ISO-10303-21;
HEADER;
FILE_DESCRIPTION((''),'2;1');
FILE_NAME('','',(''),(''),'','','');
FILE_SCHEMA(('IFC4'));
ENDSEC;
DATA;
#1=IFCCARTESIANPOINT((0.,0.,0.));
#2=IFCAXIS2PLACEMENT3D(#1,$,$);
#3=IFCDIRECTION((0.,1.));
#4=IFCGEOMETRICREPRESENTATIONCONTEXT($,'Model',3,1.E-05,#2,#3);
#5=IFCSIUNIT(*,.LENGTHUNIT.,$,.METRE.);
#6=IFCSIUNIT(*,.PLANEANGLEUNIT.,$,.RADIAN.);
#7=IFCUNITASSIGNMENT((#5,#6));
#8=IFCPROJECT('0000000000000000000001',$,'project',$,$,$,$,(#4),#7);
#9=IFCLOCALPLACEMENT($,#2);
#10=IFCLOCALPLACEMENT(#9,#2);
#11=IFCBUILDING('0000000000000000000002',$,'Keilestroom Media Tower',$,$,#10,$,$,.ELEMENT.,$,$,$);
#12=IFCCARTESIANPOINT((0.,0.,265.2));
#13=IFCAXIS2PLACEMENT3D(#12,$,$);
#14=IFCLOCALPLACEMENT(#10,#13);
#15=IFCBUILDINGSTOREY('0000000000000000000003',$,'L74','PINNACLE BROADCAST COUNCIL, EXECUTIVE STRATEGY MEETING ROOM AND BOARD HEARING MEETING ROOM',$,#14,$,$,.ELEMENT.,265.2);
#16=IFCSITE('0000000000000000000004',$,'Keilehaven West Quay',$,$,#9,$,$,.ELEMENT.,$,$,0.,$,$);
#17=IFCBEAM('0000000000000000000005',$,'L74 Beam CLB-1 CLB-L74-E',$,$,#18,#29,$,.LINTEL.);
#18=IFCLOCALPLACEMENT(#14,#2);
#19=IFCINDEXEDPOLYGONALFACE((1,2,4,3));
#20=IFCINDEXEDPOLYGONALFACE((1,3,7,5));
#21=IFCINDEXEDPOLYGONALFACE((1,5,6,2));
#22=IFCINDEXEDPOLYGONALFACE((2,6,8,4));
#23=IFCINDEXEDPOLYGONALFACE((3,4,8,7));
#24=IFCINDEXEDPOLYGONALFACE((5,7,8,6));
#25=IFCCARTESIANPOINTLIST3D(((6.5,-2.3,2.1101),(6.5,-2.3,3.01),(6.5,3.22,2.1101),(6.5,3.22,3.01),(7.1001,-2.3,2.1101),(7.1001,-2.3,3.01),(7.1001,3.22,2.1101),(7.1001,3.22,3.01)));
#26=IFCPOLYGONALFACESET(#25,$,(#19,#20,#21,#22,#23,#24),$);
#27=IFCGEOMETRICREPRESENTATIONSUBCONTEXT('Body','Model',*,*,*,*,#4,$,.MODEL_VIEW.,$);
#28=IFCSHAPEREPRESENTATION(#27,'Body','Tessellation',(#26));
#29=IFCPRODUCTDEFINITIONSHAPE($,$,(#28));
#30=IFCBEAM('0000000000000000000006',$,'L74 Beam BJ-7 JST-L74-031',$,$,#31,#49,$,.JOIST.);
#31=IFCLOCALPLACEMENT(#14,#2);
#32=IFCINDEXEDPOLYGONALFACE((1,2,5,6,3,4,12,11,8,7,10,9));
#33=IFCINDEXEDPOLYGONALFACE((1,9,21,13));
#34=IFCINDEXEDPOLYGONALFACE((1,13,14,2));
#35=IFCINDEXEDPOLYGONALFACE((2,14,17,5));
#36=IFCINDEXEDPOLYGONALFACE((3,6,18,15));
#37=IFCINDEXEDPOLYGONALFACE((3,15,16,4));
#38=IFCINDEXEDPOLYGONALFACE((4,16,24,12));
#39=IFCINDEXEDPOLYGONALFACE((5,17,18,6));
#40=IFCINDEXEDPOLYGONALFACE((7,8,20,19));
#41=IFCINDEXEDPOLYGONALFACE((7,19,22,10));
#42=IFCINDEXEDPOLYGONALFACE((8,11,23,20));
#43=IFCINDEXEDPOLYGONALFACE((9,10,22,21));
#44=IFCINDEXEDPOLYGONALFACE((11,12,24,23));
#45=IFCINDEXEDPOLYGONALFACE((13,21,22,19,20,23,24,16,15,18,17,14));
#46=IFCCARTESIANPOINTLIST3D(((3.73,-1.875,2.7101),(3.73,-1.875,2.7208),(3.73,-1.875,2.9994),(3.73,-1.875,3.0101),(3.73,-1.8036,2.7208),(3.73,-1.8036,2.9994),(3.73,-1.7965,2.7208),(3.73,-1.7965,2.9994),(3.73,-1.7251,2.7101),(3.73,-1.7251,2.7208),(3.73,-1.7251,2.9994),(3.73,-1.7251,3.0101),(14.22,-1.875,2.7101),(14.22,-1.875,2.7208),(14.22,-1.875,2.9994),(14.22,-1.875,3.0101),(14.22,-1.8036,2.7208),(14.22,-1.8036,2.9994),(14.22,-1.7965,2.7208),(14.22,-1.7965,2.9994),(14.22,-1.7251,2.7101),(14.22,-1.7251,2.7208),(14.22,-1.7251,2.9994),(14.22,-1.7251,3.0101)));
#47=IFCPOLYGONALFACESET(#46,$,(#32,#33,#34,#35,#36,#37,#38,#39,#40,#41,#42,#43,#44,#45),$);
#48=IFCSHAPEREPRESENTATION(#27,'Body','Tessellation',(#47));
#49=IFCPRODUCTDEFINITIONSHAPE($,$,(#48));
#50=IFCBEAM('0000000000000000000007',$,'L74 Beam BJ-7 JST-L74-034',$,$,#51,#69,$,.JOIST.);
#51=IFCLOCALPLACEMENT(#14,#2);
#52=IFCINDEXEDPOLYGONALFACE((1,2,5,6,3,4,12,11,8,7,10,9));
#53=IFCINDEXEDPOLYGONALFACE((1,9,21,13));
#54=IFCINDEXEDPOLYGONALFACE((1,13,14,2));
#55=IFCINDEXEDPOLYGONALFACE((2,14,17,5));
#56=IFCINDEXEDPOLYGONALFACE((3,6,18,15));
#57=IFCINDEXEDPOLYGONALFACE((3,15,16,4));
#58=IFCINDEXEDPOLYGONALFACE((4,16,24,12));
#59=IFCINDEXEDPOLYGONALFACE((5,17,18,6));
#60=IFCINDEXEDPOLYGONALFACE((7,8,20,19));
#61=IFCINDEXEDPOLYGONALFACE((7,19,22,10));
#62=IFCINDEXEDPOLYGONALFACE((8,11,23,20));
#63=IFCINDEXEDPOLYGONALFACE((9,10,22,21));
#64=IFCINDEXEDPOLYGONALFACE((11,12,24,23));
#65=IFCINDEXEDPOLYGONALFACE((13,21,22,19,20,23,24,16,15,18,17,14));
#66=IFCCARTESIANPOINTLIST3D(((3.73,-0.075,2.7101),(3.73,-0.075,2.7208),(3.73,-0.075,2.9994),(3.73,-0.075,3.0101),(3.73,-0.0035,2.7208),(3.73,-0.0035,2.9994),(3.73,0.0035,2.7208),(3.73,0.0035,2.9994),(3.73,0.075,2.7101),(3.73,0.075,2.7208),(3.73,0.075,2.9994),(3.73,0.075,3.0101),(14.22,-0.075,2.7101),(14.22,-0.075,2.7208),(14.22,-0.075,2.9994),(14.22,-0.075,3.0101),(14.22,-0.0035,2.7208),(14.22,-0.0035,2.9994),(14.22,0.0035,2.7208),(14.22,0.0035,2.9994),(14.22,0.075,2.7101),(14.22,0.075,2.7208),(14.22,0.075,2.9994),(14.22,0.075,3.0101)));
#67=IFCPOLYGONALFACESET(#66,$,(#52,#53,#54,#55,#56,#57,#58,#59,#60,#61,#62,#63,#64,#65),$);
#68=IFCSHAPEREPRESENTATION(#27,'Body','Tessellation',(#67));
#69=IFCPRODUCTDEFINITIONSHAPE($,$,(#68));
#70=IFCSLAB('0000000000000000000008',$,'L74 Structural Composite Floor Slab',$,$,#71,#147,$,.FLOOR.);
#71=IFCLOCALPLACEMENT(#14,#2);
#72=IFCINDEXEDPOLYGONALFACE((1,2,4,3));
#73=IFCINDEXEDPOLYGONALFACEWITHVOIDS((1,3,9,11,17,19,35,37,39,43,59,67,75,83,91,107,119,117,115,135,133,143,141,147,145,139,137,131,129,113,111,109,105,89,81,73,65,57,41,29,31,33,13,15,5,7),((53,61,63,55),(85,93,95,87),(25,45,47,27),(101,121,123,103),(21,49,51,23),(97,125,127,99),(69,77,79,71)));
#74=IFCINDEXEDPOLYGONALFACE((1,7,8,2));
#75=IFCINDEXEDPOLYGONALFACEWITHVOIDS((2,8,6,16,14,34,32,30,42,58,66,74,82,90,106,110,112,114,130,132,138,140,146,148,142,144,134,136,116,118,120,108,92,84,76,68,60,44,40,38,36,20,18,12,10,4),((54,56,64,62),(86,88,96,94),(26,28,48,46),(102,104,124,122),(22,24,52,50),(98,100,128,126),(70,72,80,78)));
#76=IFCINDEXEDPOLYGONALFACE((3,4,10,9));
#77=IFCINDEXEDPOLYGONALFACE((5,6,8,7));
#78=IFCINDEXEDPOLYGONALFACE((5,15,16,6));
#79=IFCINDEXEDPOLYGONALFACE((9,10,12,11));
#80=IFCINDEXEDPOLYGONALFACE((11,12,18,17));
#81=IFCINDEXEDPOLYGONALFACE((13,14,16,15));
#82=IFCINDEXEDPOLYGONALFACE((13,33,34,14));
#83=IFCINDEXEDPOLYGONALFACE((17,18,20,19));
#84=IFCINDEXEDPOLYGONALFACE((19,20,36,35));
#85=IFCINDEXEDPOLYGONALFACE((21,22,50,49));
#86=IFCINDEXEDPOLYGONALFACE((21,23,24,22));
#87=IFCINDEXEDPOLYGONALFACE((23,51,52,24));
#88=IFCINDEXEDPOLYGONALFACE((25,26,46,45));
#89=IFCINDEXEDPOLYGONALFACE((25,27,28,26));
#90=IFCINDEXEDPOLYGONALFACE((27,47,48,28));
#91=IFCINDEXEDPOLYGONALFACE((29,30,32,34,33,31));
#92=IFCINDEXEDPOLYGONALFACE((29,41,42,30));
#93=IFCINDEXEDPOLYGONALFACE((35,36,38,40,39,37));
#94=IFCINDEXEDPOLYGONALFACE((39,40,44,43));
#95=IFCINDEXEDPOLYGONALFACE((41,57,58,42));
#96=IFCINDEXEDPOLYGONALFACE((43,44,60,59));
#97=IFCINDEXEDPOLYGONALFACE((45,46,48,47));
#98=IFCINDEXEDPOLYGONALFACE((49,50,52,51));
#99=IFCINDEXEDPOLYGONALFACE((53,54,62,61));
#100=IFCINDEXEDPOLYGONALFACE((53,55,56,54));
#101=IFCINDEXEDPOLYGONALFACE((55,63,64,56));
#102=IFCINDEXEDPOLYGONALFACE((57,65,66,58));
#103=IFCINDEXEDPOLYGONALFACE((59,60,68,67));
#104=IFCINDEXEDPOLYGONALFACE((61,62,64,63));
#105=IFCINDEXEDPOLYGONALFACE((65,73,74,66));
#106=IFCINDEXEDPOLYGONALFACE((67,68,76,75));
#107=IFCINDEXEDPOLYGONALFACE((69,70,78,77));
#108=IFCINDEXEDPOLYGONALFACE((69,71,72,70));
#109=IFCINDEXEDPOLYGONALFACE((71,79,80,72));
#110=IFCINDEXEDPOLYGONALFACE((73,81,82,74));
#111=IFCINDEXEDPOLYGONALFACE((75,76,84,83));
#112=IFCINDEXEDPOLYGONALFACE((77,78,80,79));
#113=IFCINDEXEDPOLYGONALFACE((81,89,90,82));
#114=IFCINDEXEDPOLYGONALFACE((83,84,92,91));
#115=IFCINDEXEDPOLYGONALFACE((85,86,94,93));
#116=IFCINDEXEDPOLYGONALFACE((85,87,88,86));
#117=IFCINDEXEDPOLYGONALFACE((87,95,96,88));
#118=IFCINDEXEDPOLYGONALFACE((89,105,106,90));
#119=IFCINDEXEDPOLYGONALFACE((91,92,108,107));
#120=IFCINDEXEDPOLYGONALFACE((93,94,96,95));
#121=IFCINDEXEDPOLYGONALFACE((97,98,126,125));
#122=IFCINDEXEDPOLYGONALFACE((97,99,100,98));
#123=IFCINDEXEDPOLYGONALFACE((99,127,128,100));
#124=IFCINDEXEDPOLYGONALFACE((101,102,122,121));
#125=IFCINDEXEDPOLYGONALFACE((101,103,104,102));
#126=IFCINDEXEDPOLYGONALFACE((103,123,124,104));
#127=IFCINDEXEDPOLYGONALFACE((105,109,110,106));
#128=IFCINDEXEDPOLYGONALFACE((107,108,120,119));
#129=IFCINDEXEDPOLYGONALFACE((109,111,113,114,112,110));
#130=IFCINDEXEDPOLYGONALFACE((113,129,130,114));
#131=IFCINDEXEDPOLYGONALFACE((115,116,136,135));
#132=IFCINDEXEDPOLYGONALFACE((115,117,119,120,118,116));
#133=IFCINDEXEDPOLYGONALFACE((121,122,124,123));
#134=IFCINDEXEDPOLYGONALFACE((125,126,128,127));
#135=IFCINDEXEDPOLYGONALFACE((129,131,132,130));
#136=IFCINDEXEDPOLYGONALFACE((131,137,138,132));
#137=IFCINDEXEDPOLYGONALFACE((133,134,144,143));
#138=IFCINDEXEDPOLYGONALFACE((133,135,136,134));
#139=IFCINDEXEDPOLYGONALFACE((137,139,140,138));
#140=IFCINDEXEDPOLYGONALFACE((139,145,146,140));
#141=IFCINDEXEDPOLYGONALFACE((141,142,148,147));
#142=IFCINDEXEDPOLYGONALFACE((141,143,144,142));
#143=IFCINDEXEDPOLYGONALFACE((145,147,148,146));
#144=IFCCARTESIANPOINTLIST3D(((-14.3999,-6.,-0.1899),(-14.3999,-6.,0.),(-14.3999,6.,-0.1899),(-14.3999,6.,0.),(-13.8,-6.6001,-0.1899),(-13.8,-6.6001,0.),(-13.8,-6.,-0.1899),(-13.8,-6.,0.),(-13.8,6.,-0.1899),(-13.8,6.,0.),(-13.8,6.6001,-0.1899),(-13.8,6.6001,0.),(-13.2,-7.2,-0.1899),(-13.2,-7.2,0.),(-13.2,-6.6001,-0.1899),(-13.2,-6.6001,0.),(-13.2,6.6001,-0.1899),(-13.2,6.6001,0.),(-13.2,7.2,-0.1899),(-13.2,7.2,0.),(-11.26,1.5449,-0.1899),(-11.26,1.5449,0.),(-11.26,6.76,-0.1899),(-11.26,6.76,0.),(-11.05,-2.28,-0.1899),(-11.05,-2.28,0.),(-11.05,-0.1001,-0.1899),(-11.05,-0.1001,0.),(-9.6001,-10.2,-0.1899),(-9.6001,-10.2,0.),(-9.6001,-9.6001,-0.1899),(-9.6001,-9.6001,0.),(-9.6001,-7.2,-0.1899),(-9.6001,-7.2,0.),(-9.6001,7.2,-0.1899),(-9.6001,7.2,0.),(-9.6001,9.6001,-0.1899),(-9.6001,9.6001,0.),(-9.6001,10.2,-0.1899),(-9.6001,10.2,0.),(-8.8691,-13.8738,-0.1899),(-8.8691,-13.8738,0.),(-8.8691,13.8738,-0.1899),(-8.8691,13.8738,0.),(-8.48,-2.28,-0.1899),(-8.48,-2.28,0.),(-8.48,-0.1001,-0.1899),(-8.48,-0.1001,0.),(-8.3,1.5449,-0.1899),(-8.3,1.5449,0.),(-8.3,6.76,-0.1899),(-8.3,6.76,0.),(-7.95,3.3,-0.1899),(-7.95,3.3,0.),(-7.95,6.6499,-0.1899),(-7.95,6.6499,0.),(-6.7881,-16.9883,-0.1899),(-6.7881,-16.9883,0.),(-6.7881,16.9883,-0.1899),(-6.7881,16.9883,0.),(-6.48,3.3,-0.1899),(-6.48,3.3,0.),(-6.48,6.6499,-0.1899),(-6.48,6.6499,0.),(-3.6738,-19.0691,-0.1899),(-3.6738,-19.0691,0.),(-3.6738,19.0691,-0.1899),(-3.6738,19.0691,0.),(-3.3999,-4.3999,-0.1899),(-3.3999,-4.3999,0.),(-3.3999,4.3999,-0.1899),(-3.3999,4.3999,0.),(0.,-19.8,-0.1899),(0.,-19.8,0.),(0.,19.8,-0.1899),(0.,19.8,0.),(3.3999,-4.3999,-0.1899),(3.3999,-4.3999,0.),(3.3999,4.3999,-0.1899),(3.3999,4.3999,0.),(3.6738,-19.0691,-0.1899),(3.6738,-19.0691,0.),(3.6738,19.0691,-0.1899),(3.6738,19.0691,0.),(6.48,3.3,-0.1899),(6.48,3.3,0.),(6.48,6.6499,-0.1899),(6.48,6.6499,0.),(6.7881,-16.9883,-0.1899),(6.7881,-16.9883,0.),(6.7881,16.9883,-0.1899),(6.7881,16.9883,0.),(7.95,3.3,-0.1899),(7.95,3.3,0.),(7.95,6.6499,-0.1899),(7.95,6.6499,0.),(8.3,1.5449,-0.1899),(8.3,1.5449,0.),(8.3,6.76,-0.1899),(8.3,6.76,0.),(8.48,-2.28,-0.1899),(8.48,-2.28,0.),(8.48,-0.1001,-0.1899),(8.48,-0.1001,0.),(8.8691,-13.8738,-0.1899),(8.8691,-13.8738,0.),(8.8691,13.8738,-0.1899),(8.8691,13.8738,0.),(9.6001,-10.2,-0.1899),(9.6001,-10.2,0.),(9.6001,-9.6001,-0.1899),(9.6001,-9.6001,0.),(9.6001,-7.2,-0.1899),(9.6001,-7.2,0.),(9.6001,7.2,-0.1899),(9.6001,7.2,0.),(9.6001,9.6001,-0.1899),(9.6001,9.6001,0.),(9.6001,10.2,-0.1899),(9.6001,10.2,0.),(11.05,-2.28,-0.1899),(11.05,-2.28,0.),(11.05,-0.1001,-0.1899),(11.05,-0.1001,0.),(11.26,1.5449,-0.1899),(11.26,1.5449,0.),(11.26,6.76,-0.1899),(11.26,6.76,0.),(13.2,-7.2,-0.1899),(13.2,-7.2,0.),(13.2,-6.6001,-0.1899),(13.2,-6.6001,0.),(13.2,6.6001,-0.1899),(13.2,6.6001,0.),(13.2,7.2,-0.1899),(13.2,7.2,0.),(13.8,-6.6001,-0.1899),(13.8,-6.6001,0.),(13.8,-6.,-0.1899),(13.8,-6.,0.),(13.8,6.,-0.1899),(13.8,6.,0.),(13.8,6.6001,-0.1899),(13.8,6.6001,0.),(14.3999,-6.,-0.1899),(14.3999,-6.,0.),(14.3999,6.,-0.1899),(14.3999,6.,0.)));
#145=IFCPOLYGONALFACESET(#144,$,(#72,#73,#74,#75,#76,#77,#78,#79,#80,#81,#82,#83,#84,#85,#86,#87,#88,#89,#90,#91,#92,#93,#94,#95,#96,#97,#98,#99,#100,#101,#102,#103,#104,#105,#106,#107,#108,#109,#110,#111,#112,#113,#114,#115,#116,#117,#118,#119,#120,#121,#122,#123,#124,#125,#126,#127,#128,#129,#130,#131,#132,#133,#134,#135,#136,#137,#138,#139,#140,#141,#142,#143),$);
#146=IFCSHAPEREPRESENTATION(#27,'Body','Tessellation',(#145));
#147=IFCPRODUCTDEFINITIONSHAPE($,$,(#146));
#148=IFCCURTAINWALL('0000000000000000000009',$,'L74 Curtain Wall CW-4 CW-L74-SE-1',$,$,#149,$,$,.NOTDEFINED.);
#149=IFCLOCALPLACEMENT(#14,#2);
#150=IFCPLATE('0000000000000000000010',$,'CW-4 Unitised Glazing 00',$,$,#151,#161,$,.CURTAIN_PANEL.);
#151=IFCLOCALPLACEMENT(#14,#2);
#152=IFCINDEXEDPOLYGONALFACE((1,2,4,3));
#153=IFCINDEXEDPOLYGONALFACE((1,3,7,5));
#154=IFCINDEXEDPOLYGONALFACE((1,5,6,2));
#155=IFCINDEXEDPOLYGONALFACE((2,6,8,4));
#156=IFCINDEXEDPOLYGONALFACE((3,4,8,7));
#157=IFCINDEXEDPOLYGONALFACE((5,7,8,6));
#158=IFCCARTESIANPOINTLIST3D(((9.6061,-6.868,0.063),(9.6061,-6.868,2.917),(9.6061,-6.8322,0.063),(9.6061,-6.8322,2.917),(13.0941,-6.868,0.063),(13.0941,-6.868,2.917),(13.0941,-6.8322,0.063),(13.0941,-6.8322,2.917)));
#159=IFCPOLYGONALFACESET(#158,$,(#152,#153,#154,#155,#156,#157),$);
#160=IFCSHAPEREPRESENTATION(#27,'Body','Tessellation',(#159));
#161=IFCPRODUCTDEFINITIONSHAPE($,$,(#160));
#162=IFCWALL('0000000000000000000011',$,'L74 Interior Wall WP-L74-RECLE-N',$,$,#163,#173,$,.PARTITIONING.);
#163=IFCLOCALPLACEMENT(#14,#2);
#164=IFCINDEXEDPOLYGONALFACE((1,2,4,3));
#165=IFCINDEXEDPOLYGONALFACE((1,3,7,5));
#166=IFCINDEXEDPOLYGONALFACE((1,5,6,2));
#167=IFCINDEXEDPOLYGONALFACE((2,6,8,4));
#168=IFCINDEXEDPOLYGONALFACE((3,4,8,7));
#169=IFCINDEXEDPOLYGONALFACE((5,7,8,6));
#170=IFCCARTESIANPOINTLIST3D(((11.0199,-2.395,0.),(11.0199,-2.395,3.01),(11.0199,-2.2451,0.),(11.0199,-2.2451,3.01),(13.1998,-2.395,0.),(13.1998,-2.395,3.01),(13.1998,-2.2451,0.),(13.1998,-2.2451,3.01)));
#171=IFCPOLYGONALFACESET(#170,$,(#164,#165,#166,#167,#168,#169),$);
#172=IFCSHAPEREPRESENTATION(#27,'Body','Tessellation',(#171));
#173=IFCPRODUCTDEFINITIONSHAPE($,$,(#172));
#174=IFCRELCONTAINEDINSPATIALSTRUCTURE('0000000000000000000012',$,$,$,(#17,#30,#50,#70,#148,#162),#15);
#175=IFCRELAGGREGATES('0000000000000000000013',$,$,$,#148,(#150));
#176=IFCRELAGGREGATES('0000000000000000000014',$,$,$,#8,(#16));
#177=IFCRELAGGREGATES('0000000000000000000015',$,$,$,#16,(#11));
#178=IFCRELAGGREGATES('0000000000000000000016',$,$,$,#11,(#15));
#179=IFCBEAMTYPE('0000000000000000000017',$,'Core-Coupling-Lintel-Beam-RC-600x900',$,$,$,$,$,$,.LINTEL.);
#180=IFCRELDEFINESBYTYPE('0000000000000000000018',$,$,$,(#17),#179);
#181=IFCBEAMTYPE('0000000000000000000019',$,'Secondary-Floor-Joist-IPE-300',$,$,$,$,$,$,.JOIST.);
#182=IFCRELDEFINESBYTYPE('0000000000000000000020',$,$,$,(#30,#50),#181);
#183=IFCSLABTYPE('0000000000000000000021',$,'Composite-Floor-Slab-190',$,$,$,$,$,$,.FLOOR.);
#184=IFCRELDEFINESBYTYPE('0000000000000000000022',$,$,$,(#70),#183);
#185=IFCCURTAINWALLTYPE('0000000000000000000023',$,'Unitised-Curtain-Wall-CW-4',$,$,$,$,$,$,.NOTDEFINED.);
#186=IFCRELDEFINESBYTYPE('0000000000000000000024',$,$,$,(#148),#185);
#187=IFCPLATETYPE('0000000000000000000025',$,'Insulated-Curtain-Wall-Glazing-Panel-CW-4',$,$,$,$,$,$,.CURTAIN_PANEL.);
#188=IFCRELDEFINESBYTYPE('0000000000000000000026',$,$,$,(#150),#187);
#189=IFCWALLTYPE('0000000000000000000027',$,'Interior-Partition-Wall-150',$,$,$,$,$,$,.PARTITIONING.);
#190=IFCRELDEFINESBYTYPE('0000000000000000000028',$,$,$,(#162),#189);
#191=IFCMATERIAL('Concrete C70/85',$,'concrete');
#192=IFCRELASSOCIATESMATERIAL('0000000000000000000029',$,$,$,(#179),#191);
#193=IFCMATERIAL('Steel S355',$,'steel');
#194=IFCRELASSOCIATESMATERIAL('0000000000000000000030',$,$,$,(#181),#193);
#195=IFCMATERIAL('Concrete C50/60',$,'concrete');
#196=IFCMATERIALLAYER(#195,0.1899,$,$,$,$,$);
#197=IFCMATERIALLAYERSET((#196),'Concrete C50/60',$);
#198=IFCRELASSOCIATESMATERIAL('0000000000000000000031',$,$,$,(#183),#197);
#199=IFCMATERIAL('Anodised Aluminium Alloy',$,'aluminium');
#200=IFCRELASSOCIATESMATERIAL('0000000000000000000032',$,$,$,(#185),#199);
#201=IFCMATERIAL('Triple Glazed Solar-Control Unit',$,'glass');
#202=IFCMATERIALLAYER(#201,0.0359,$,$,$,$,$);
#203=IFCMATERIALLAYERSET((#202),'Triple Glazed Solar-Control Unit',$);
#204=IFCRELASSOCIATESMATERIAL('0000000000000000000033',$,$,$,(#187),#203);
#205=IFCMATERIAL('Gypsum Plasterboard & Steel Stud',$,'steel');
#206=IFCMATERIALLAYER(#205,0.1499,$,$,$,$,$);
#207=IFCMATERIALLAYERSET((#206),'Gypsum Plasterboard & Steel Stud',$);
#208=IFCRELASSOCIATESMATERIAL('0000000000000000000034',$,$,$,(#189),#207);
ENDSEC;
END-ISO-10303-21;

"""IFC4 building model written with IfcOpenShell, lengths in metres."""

from ifc_helpers import new_model, si_unit, direction, frame, frame_2d, origin, origin_2d, place, context, subcontext, project, spatial, polyline, rectangle, i_section, outline, extrude, source, transform, mapped, material, layer, layer_set, material_profile, profile_set, type_object, element, aggregate, save


model = new_model("IFC4")

# Units and contexts
model_context = context("Model", 3, precision=1e-05, world=origin(), true_north=direction((0.0, 1.0)))
body_context = subcontext(model_context, "Body", "Model", "MODEL_VIEW")
ifc_project = project(units=[si_unit("LENGTHUNIT", "METRE"), si_unit("PLANEANGLEUNIT", "RADIAN")], contexts=[model_context])

# Site, building, storey
site_placement = place(None, origin())
site = spatial("IfcSite", under=ifc_project, at=site_placement, Name="Keilehaven West Quay", CompositionType="ELEMENT", RefElevation=0.0)
building_placement = place(site_placement, origin())
building = spatial("IfcBuilding", under=site, at=building_placement, Name="Keilestroom Media Tower", CompositionType="ELEMENT")
storey_placement = place(building_placement, frame((0.0, 0.0, 265.2)))
storey = spatial("IfcBuildingStorey", under=building, at=storey_placement, Name="L74", Description="PINNACLE BROADCAST COUNCIL, EXECUTIVE STRATEGY MEETING ROOM AND BOARD HEARING MEETING ROOM", CompositionType="ELEMENT", Elevation=265.2)

# Beams
ifc_material_1 = material(Name="Concrete C70/85", Category="concrete")
ifc_material_profile_1 = material_profile(ifc_material_1, rectangle(XDim=0.6001, YDim=0.8999, at=origin_2d()), Name="RC 600x900")
ifc_profile_set_1 = profile_set([ifc_material_profile_1], Name="Concrete C70/85")
beam_type_1 = type_object("IfcBeamType", Name="Core-Coupling-Lintel-Beam-RC-600x900", PredefinedType="LINTEL", material=ifc_profile_set_1)
shared_shape_1 = source(origin(), body_context, "Body", "SweptSolid", [
    extrude(rectangle(XDim=0.6001, YDim=0.8999, at=origin_2d()), origin(), (0.0, 0.0, 1.0), 5.52),
])
beam_placement = place(storey_placement, frame((6.8, -2.3, 2.5601), z_axis=(0.0, 1.0, 0.0), x_axis=(-1.0, 0.0, 0.0)))
element("IfcBeam", 1, at=beam_placement, inside=storey, type_object=beam_type_1, Name="L74 Beam CLB-1 CLB-L74-E", PredefinedType="LINTEL", context=body_context, shape_type="MappedRepresentation", body=[
    mapped(shared_shape_1, transform((0.0, 0.0, 0.0), x_axis=(1.0, 0.0, 0.0), y_axis=(0.0, 1.0, 0.0), z_axis=(0.0, 0.0, 1.0), scale=1.0)),
])
ifc_material_2 = material(Name="Steel S355", Category="steel")
ifc_material_profile_2 = material_profile(ifc_material_2, i_section(OverallWidth=0.1499, OverallDepth=0.3, WebThickness=0.0071, FlangeThickness=0.0107, at=origin_2d()), Name="IPE 300")
ifc_profile_set_2 = profile_set([ifc_material_profile_2], Name="Steel S355")
beam_type_2 = type_object("IfcBeamType", Name="Secondary-Floor-Joist-IPE-300", PredefinedType="JOIST", material=ifc_profile_set_2)
shared_shape_2 = source(origin(), body_context, "Body", "SweptSolid", [
    extrude(i_section(OverallWidth=0.1499, OverallDepth=0.3, WebThickness=0.0071, FlangeThickness=0.0107, at=origin_2d()), origin(), (0.0, 0.0, 1.0), 10.49),
])
for number, where, z_axis, x_axis, name in (
    (2, (3.73, -1.8, 2.8601), (1.0, 0.0, 0.0), (0.0, 1.0, 0.0), "L74 Beam BJ-7 JST-L74-031"),
    (3, (3.73, 0.0, 2.8601), (1.0, 0.0, 0.0), (0.0, 1.0, 0.0), "L74 Beam BJ-7 JST-L74-034"),
):
    element("IfcBeam", number, at=place(storey_placement, frame(where, z_axis=z_axis, x_axis=x_axis)), inside=storey, type_object=beam_type_2, Name=name, PredefinedType="JOIST", context=body_context, shape_type="MappedRepresentation", body=[
        mapped(shared_shape_2, transform((0.0, 0.0, 0.0), x_axis=(1.0, 0.0, 0.0), y_axis=(0.0, 1.0, 0.0), z_axis=(0.0, 0.0, 1.0), scale=1.0)),
    ])

# Slab
ifc_material_3 = material(Name="Concrete C50/60", Category="concrete")
ifc_layer_1 = layer(ifc_material_3, 0.1899)
ifc_layer_set_1 = layer_set([ifc_layer_1], Name="Concrete C50/60")
slab_type = type_object("IfcSlabType", Name="Composite-Floor-Slab-190", PredefinedType="FLOOR", material=ifc_layer_set_1)
slab_placement = place(storey_placement, frame((0.0, 0.0, -0.1899)))
element("IfcSlab", 4, at=slab_placement, inside=storey, type_object=slab_type, Name="L74 Structural Composite Floor Slab", PredefinedType="FLOOR", context=body_context, shape_type="SweptSolid", body=[
    extrude(outline(polyline([(14.3999, -6.0), (14.3999, 6.0), (13.8, 6.0), (13.8, 6.6001), (13.2, 6.6001), (13.2, 7.2), (9.6001, 7.2), (9.6001, 9.6001), (9.6001, 10.2), (8.8691, 13.8738), (6.7881, 16.9883), (3.6738, 19.0691), (0.0, 19.8), (-3.6738, 19.0691), (-6.7881, 16.9883), (-8.8691, 13.8738), (-9.6001, 10.2), (-9.6001, 9.6001), (-9.6001, 7.2), (-13.2, 7.2), (-13.2, 6.6001), (-13.8, 6.6001), (-13.8, 6.0), (-14.3999, 6.0), (-14.3999, -6.0), (-13.8, -6.0), (-13.8, -6.6001), (-13.2, -6.6001), (-13.2, -7.2), (-9.6001, -7.2), (-9.6001, -9.6001), (-9.6001, -10.2), (-8.8691, -13.8738), (-6.7881, -16.9883), (-3.6738, -19.0691), (0.0, -19.8), (3.6738, -19.0691), (6.7881, -16.9883), (8.8691, -13.8738), (9.6001, -10.2), (9.6001, -9.6001), (9.6001, -7.2), (13.2, -7.2), (13.2, -6.6001), (13.8, -6.6001), (13.8, -6.0), (14.3999, -6.0)]), holes=[polyline([(-8.3, 1.5449), (-11.26, 1.5449), (-11.26, 6.76), (-8.3, 6.76), (-8.3, 1.5449)]), polyline([(-8.48, -2.28), (-11.05, -2.28), (-11.05, -0.1001), (-8.48, -0.1001), (-8.48, -2.28)]), polyline([(-6.48, 3.3), (-7.95, 3.3), (-7.95, 6.6499), (-6.48, 6.6499), (-6.48, 3.3)]), polyline([(3.3999, -4.3999), (-3.3999, -4.3999), (-3.3999, 4.3999), (3.3999, 4.3999), (3.3999, -4.3999)]), polyline([(7.95, 3.3), (6.48, 3.3), (6.48, 6.6499), (7.95, 6.6499), (7.95, 3.3)]), polyline([(11.26, 1.5449), (8.3, 1.5449), (8.3, 6.76), (11.26, 6.76), (11.26, 1.5449)]), polyline([(11.05, -2.28), (8.48, -2.28), (8.48, -0.1001), (11.05, -0.1001), (11.05, -2.28)])]), origin(), (0.0, 0.0, 1.0), 0.1899),
])

# Curtain wall, plate
ifc_material_4 = material(Name="Anodised Aluminium Alloy", Category="aluminium")
curtain_wall_type = type_object("IfcCurtainWallType", Name="Unitised-Curtain-Wall-CW-4", PredefinedType="NOTDEFINED", material=ifc_material_4)
curtain_wall_placement = place(storey_placement, origin())
curtain_wall = element("IfcCurtainWall", 5, at=curtain_wall_placement, inside=storey, type_object=curtain_wall_type, Name="L74 Curtain Wall CW-4 CW-L74-SE-1", PredefinedType="NOTDEFINED")
ifc_material_5 = material(Name="Triple Glazed Solar-Control Unit", Category="glass")
ifc_layer_2 = layer(ifc_material_5, 0.0359)
ifc_layer_set_2 = layer_set([ifc_layer_2], Name="Triple Glazed Solar-Control Unit")
plate_type = type_object("IfcPlateType", Name="Insulated-Curtain-Wall-Glazing-Panel-CW-4", PredefinedType="CURTAIN_PANEL", material=ifc_layer_set_2)
shared_shape_3 = source(origin(), body_context, "Body", "SweptSolid", [
    extrude(rectangle(XDim=3.488, YDim=0.0359, at=origin_2d()), origin(), (0.0, 0.0, 1.0), 2.854),
])
plate_placement = place(storey_placement, frame((11.3501, -6.8501, 0.063), z_axis=(0.0, 0.0, 1.0), x_axis=(1.0, 0.0, 0.0)))
plate = element("IfcPlate", 6, at=plate_placement, type_object=plate_type, Name="CW-4 Unitised Glazing 00", PredefinedType="CURTAIN_PANEL", context=body_context, shape_type="MappedRepresentation", body=[
    mapped(shared_shape_3, transform((0.0, 0.0, 0.0), x_axis=(1.0, 0.0, 0.0), y_axis=(0.0, 1.0, 0.0), z_axis=(0.0, 0.0, 1.0), scale=1.0)),
])
aggregate(curtain_wall, [plate])

# Wall
ifc_material_6 = material(Name="Gypsum Plasterboard & Steel Stud", Category="steel")
ifc_layer_3 = layer(ifc_material_6, 0.1499)
ifc_layer_set_3 = layer_set([ifc_layer_3], Name="Gypsum Plasterboard & Steel Stud")
wall_type_1 = type_object("IfcWallType", Name="Interior-Partition-Wall-150", PredefinedType="PARTITIONING", material=ifc_layer_set_3)
wall_1_placement = place(storey_placement, frame((11.02, -2.3201, 0.0), z_axis=(0.0, 0.0, 1.0), x_axis=(1.0, 0.0, 0.0)))
element("IfcWall", 7, at=wall_1_placement, inside=storey, type_object=wall_type_1, Name="L74 Interior Wall WP-L74-RECLE-N", PredefinedType="PARTITIONING", context=body_context, shape_type="SweptSolid", body=[
    extrude(rectangle(XDim=2.1799, YDim=0.1499, at=frame_2d((1.0898, 0.0))), origin(), (0.0, 0.0, 1.0), 3.01),
])

save(model, "model.ifc")
